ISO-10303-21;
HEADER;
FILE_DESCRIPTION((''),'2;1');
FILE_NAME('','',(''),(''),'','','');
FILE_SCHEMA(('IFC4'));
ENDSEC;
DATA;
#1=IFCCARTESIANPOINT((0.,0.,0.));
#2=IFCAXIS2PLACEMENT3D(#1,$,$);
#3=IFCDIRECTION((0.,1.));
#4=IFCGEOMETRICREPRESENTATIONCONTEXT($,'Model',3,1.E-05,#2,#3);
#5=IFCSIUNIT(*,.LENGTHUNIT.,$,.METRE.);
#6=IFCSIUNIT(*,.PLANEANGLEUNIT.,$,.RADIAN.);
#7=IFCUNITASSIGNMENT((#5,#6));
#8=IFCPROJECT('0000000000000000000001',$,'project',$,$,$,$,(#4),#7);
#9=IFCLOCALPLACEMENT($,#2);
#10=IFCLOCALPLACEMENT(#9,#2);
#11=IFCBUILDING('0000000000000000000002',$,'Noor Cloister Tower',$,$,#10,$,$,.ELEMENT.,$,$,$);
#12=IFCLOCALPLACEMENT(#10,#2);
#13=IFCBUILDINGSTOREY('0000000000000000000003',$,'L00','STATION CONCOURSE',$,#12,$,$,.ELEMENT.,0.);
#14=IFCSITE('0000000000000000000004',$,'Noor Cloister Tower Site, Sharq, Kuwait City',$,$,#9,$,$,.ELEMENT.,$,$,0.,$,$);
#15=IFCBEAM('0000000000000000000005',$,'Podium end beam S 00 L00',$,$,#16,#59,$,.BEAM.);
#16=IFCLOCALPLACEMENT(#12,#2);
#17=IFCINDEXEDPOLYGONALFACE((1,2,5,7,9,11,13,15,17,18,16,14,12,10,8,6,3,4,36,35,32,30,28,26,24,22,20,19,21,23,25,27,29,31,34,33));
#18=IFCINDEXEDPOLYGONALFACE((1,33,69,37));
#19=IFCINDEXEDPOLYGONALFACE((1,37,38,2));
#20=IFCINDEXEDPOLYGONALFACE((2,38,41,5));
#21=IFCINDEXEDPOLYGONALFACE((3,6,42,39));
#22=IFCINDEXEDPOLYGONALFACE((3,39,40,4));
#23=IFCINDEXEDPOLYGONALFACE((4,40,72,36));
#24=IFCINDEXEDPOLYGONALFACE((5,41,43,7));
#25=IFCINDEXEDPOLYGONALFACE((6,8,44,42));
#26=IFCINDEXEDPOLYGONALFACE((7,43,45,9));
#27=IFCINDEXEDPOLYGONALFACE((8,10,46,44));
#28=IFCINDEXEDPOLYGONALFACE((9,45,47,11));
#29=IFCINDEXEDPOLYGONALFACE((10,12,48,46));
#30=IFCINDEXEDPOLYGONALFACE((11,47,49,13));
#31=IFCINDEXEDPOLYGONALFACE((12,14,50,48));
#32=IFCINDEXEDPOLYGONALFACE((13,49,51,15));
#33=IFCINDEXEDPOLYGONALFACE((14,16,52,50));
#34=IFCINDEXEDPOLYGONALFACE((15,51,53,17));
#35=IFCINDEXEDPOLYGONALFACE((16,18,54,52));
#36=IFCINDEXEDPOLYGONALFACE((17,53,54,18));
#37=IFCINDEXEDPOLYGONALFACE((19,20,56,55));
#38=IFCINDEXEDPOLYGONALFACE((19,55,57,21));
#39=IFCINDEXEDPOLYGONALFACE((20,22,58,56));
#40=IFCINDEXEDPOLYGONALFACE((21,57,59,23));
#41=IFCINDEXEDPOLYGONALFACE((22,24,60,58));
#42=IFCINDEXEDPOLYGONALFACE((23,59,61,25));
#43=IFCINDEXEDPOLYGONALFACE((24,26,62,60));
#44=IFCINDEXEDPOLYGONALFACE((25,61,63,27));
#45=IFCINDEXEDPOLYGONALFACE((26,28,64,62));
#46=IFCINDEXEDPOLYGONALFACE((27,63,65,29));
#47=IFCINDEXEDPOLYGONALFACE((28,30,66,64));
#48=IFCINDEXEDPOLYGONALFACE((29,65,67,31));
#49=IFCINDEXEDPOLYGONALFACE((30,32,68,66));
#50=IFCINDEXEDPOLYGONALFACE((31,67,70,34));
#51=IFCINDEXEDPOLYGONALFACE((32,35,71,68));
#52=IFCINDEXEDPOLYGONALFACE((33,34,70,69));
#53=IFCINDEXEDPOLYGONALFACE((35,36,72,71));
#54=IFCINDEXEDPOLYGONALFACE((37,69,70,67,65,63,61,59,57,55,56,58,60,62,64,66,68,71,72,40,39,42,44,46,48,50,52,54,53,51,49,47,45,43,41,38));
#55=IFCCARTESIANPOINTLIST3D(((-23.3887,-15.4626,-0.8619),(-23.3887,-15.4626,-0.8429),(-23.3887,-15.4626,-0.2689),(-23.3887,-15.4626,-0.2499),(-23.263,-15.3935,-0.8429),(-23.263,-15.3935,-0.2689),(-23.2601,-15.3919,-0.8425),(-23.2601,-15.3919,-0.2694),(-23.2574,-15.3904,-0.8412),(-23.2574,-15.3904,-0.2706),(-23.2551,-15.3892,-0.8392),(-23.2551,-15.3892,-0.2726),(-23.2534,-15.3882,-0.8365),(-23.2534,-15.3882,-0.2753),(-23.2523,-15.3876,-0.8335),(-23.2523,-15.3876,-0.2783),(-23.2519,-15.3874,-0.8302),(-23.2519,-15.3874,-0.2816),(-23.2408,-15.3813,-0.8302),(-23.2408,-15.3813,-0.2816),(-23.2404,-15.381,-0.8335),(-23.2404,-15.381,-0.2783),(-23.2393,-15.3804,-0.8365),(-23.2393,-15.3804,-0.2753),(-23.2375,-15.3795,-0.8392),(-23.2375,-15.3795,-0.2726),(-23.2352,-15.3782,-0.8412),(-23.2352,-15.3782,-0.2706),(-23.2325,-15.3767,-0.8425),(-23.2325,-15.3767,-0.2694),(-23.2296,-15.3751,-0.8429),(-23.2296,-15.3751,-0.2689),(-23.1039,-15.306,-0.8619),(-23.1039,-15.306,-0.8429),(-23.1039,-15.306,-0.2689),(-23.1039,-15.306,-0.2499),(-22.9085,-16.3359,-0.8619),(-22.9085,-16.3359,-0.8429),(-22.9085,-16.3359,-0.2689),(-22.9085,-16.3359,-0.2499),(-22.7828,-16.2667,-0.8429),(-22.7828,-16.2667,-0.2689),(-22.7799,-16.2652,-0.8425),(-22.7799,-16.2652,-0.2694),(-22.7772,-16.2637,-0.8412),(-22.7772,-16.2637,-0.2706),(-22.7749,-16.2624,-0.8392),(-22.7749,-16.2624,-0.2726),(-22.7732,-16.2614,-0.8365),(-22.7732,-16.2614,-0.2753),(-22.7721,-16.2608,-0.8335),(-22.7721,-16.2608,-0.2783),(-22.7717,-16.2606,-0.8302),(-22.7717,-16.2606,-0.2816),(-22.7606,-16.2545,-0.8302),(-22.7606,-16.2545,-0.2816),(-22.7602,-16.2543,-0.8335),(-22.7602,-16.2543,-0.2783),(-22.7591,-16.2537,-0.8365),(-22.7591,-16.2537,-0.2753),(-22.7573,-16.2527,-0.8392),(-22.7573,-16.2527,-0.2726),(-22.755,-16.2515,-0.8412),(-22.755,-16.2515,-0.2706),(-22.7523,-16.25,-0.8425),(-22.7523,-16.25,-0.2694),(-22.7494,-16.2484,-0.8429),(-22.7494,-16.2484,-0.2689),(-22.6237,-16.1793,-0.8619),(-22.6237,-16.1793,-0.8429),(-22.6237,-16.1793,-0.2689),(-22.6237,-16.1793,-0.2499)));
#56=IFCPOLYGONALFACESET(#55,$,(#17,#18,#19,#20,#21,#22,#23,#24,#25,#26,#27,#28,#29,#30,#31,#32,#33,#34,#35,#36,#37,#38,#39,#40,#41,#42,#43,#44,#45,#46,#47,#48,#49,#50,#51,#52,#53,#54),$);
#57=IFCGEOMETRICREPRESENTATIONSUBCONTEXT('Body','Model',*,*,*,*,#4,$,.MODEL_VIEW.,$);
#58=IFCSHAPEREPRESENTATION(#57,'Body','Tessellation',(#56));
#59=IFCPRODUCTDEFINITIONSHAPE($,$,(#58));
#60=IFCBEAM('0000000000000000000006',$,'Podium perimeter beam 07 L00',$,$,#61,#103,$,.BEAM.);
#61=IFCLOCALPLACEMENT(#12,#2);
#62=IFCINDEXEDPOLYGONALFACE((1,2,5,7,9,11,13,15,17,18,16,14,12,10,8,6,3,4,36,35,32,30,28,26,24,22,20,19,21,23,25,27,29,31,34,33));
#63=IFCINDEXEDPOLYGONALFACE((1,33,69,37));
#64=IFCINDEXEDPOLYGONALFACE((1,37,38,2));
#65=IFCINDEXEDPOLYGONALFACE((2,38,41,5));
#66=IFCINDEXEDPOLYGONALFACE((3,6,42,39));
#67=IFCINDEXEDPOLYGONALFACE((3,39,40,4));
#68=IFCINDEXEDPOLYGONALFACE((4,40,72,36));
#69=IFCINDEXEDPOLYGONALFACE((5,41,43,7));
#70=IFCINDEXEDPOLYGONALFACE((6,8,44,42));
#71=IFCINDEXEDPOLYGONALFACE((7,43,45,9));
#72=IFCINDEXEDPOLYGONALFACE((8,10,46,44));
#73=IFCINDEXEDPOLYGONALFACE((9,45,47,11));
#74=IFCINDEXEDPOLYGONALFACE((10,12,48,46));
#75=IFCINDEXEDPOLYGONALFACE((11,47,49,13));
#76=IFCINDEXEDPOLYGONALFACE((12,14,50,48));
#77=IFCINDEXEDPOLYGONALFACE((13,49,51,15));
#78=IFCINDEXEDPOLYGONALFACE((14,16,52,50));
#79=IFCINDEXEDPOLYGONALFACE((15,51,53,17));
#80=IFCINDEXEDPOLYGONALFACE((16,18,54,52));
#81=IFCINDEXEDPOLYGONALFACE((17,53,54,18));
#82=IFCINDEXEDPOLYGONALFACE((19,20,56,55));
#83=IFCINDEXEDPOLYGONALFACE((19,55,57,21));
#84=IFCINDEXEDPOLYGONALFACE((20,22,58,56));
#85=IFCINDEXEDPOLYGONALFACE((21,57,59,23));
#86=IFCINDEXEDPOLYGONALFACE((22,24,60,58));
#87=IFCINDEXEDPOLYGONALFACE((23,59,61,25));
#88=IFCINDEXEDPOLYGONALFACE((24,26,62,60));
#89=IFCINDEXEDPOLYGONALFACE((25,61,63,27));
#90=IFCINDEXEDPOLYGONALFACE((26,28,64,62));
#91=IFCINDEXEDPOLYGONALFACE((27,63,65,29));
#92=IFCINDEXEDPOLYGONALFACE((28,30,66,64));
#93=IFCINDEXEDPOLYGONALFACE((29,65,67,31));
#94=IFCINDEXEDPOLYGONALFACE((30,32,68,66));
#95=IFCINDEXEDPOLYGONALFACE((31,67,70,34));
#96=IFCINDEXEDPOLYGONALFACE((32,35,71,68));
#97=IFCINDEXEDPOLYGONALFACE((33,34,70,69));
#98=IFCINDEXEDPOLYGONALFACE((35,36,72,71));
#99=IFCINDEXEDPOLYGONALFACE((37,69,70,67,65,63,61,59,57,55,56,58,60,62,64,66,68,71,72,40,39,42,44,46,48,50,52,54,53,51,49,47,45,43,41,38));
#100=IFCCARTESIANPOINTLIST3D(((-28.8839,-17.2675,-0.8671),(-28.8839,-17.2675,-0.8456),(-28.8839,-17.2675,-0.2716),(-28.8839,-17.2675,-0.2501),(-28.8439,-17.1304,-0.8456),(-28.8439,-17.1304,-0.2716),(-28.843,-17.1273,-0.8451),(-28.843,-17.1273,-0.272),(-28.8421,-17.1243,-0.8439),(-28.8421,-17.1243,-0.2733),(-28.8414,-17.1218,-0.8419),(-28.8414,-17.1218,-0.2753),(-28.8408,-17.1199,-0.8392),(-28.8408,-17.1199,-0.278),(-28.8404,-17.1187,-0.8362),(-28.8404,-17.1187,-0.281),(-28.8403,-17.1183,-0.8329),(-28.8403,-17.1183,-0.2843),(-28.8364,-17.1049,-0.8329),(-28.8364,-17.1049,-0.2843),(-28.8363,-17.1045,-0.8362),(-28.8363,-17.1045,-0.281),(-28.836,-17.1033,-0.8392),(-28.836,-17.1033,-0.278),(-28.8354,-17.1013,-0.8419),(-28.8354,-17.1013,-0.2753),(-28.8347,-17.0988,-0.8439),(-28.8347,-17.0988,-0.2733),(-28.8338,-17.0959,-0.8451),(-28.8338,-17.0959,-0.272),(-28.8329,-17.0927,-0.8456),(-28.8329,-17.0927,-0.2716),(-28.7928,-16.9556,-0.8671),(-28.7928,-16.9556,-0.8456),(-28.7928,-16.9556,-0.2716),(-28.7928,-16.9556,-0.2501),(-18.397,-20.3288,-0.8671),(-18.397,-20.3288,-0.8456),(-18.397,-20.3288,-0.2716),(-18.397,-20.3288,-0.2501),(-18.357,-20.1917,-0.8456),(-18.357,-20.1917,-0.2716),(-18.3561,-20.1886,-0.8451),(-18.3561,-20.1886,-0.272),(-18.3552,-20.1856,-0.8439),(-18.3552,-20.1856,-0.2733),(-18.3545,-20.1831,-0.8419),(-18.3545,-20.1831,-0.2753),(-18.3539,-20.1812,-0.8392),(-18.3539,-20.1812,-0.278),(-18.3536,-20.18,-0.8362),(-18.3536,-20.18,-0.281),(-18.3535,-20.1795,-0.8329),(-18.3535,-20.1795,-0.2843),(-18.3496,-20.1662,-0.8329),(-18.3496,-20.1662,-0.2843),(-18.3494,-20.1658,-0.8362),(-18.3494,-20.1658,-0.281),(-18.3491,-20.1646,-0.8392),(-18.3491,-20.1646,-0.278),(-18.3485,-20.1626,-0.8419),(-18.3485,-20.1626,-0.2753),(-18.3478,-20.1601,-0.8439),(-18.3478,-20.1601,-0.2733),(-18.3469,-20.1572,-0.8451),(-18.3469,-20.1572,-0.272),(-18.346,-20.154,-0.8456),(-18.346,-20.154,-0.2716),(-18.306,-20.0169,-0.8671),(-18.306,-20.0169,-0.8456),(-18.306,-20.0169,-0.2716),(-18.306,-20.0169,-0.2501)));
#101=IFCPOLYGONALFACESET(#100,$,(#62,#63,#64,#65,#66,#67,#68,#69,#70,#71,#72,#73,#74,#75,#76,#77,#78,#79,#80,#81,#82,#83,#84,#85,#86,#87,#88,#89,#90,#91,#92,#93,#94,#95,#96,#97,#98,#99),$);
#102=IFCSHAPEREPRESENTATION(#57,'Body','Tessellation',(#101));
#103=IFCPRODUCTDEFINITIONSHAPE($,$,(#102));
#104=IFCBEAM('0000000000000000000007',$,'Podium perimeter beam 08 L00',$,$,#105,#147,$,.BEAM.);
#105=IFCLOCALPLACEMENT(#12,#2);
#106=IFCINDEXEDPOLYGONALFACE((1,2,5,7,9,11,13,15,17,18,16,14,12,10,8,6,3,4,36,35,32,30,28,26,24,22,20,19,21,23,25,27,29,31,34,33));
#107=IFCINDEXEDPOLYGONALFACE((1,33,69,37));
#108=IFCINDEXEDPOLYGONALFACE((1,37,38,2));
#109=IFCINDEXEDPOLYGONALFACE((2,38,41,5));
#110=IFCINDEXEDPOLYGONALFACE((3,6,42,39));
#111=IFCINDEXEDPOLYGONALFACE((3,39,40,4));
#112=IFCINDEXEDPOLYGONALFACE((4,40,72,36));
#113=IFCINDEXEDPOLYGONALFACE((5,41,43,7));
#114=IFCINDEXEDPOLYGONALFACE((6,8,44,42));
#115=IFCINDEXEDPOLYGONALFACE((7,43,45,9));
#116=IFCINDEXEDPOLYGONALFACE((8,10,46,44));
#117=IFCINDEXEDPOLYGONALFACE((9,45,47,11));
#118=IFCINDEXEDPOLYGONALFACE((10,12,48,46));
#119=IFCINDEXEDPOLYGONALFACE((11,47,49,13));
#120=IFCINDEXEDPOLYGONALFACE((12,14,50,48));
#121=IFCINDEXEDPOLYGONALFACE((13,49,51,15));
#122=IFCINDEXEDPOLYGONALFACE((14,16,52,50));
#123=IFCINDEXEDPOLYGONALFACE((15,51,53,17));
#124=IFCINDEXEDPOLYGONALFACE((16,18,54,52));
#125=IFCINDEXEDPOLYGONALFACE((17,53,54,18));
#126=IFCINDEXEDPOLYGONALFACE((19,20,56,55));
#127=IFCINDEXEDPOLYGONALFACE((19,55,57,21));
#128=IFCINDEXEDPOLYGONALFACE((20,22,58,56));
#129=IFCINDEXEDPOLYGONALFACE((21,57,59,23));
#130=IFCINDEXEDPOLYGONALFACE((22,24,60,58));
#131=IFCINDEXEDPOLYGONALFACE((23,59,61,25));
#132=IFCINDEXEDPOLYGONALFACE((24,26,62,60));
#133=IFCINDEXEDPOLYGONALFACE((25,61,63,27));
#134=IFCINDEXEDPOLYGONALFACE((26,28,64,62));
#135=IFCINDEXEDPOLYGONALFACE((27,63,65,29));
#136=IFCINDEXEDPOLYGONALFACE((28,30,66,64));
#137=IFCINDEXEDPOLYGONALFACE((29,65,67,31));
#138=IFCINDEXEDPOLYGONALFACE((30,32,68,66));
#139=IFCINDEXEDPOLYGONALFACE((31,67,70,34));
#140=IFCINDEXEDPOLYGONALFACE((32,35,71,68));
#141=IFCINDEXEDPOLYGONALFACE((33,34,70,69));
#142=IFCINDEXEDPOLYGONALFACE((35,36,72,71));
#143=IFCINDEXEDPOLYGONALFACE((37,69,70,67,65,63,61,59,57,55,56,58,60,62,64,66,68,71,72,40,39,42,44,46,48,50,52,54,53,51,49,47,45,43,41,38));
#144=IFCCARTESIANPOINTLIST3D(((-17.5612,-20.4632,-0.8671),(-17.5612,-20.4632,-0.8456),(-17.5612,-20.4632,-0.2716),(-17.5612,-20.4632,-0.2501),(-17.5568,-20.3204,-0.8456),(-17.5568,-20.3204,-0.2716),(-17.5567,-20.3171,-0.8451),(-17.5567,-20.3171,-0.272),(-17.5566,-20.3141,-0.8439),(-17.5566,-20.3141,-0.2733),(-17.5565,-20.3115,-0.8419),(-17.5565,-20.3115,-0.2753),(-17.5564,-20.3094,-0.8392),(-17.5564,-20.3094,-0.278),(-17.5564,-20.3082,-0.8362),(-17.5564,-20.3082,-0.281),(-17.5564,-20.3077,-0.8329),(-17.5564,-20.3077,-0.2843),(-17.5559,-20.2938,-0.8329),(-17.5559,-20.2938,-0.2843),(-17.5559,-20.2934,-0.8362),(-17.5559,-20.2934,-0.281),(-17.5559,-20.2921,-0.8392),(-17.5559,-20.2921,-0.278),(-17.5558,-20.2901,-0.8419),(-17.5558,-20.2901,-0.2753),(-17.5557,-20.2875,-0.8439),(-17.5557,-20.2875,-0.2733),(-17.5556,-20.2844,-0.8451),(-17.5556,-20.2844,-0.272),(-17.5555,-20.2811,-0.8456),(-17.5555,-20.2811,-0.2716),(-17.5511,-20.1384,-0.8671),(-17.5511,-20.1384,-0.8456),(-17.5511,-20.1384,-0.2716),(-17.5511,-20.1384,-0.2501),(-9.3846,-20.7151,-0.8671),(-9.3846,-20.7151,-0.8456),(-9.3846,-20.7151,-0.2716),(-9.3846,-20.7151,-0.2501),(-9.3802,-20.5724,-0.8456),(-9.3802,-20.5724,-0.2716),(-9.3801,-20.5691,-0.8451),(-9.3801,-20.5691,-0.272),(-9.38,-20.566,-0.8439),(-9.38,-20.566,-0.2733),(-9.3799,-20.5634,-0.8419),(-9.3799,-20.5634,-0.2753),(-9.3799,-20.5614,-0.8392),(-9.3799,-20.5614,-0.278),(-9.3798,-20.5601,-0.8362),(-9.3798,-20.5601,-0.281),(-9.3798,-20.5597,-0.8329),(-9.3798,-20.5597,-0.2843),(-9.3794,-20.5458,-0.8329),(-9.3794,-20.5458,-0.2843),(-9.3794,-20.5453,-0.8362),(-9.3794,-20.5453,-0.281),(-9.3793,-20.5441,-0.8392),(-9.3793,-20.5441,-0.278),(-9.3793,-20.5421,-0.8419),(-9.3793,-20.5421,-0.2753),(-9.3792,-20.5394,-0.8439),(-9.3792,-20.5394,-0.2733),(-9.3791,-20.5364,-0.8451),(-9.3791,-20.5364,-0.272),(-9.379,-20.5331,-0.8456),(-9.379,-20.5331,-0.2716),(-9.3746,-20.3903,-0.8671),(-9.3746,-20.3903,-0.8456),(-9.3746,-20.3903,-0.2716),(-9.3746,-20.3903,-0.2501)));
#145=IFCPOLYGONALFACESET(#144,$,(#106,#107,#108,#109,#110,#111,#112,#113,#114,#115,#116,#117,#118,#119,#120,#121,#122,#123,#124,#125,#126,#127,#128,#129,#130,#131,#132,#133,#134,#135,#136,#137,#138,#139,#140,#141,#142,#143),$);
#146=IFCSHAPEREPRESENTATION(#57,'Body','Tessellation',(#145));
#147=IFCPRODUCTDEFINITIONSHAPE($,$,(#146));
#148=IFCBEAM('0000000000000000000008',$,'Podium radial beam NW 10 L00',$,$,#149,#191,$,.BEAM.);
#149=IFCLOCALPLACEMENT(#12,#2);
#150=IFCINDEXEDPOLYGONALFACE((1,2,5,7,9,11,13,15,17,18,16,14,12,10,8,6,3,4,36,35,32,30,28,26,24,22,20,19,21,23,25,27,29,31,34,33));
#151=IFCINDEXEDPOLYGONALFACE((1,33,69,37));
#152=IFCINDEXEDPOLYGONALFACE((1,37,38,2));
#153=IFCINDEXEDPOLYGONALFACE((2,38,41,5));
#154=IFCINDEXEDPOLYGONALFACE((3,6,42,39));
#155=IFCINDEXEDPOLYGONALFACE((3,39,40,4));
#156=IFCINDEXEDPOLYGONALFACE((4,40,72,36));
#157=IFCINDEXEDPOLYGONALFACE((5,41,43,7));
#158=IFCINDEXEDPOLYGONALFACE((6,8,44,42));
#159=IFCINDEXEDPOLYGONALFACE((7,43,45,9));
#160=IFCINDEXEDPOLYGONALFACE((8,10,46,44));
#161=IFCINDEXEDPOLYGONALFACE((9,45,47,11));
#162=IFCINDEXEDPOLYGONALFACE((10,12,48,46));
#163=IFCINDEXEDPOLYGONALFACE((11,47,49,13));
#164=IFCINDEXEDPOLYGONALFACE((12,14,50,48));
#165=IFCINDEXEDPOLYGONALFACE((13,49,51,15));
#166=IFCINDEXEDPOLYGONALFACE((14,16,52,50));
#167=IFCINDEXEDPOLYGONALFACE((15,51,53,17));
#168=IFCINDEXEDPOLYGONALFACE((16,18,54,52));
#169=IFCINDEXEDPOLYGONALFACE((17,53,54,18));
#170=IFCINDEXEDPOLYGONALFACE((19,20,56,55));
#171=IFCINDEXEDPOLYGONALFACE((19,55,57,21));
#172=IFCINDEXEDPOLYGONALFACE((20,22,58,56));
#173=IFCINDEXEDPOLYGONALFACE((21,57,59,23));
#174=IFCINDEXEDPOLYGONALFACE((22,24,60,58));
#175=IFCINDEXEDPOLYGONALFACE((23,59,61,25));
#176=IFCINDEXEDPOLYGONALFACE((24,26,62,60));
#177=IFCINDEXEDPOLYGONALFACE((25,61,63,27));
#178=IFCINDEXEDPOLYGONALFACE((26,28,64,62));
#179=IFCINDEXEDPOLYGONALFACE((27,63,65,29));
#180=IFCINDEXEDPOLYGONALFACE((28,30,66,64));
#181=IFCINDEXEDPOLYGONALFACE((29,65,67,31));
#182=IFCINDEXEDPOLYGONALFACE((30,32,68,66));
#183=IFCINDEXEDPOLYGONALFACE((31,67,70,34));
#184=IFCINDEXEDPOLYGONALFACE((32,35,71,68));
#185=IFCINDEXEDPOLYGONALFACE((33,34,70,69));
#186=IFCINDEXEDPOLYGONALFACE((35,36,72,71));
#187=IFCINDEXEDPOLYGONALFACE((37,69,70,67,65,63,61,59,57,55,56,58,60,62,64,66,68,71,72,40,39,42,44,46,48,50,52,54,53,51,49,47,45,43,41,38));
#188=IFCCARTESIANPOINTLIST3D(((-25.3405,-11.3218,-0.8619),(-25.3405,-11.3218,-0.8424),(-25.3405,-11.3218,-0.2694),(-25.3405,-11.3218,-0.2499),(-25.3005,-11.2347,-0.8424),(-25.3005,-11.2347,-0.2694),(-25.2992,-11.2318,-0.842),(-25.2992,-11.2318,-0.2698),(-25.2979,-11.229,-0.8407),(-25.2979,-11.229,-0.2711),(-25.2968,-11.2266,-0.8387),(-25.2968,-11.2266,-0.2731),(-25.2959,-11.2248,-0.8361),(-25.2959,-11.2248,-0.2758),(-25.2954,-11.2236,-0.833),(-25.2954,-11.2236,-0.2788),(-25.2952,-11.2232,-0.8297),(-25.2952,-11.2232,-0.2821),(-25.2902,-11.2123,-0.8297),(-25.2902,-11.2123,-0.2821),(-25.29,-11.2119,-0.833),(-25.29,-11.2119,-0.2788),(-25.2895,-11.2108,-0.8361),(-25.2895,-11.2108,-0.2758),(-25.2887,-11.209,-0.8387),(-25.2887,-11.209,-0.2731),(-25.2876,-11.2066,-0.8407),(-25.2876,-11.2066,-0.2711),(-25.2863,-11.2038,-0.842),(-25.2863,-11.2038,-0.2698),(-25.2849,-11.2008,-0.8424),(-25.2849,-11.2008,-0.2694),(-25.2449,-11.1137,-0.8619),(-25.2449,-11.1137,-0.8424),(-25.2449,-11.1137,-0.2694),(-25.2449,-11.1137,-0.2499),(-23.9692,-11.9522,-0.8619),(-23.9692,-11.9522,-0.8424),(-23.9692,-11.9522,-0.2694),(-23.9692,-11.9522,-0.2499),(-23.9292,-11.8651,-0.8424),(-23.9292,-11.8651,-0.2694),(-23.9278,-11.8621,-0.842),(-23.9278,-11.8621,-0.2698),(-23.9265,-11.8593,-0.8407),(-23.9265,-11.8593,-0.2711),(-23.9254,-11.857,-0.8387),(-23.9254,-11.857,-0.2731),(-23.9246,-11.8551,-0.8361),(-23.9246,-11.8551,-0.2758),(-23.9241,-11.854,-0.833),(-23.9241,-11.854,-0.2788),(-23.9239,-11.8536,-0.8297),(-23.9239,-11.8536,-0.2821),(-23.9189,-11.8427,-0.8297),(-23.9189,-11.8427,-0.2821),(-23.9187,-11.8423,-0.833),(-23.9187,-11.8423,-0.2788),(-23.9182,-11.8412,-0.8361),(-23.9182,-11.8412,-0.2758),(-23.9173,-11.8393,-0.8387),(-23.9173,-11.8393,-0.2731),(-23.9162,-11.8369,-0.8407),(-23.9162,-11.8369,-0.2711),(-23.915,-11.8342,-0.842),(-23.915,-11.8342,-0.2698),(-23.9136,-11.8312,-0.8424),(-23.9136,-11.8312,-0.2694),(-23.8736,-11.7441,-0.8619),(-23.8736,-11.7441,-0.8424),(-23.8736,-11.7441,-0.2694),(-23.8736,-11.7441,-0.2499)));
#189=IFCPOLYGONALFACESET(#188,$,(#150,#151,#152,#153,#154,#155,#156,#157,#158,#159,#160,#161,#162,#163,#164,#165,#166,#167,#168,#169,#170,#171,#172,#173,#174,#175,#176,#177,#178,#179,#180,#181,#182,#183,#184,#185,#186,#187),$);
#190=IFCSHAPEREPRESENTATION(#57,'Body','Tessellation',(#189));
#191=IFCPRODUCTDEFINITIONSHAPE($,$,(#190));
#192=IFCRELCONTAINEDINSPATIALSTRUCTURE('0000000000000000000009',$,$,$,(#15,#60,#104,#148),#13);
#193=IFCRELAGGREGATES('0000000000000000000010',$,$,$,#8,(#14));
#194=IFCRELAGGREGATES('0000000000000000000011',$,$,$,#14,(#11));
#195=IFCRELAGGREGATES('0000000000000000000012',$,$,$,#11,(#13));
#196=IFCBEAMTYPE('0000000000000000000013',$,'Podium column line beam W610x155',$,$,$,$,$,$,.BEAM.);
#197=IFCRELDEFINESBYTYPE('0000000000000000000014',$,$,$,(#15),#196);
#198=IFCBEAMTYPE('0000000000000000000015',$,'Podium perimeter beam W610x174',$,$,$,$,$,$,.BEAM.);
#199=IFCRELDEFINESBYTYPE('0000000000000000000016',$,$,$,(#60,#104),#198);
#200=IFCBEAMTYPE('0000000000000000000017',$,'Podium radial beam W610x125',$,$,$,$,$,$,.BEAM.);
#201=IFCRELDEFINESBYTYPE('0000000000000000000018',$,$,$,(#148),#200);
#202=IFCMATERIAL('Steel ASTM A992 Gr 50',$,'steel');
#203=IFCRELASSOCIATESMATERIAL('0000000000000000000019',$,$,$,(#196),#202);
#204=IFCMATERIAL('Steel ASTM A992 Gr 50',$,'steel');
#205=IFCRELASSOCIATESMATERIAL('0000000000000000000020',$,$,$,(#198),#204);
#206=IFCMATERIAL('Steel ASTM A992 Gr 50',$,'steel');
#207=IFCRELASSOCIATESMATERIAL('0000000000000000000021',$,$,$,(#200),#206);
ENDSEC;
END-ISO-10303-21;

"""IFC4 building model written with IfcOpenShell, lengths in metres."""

from ifc_helpers import new_model, si_unit, direction, frame, origin, origin_2d, place, context, subcontext, project, spatial, i_section, extrude, material, material_profile, profile_set, type_object, element, save


model = new_model("IFC4")

# Units and contexts
model_context = context("Model", 3, precision=1e-05, world=origin(), true_north=direction((0.0, 1.0)))
body_context = subcontext(model_context, "Body", "Model", "MODEL_VIEW")
ifc_project = project(units=[si_unit("LENGTHUNIT", "METRE"), si_unit("PLANEANGLEUNIT", "RADIAN")], contexts=[model_context])

# Site, building, storey
site_placement = place(None, origin())
site = spatial("IfcSite", under=ifc_project, at=site_placement, Name="Noor Cloister Tower Site, Sharq, Kuwait City", CompositionType="ELEMENT", RefElevation=0.0)
building_placement = place(site_placement, origin())
building = spatial("IfcBuilding", under=site, at=building_placement, Name="Noor Cloister Tower", CompositionType="ELEMENT")
storey_placement = place(building_placement, origin())
storey = spatial("IfcBuildingStorey", under=building, at=storey_placement, Name="L00", Description="STATION CONCOURSE", CompositionType="ELEMENT", Elevation=0.0)

# Beams
ifc_material_1 = material(Name="Steel ASTM A992 Gr 50", Category="steel")
ifc_material_profile_1 = material_profile(ifc_material_1, i_section(OverallWidth=0.325, OverallDepth=0.6121, WebThickness=0.0127, FlangeThickness=0.019, FilletRadius=0.0127, at=origin_2d()), Name="W610x155")
ifc_profile_set_1 = profile_set([ifc_material_profile_1], Name="Steel ASTM A992 Gr 50")
beam_type_1 = type_object("IfcBeamType", Name="Podium column line beam W610x155", PredefinedType="BEAM", material=ifc_profile_set_1)
for number, where, z_axis, x_axis, name in (
    (1, (-22.7661, -16.2576, -0.5559), (-0.481853, 0.876252, 0.0), (-0.876252, -0.481853, 0.0), "Podium end beam S 00 L00"),
):
    element("IfcBeam", number, at=place(storey_placement, frame(where, z_axis=z_axis, x_axis=x_axis)), inside=storey, type_object=beam_type_1, Name=name, PredefinedType="BEAM", context=body_context, shape_type="SweptSolid", body=[
        extrude(i_section(OverallWidth=0.325, OverallDepth=0.6121, WebThickness=0.0127, FlangeThickness=0.019, FilletRadius=0.0127, at=origin_2d()), origin(), (0.0, 0.0, 1.0), 0.9966),
    ])
ifc_material_2 = material(Name="Steel ASTM A992 Gr 50", Category="steel")
ifc_material_profile_2 = material_profile(ifc_material_2, i_section(OverallWidth=0.325, OverallDepth=0.6169, WebThickness=0.0139, FlangeThickness=0.0215, FilletRadius=0.0127, at=origin_2d()), Name="W610x174")
ifc_profile_set_2 = profile_set([ifc_material_profile_2], Name="Steel ASTM A992 Gr 50")
beam_type_2 = type_object("IfcBeamType", Name="Podium perimeter beam W610x174", PredefinedType="BEAM", material=ifc_profile_set_2)
beam_1_placement = place(storey_placement, frame((-28.8384, -17.1116, -0.5586), z_axis=(0.959935, -0.280221, 0.0), x_axis=(0.280221, 0.959935, 0.0)))
element("IfcBeam", 2, at=beam_1_placement, inside=storey, type_object=beam_type_2, Name="Podium perimeter beam 07 L00", PredefinedType="BEAM", context=body_context, shape_type="SweptSolid", body=[
    extrude(i_section(OverallWidth=0.325, OverallDepth=0.6169, WebThickness=0.0139, FlangeThickness=0.0215, FilletRadius=0.0127, at=origin_2d()), origin(), (0.0, 0.0, 1.0), 10.9246),
])
beam_2_placement = place(storey_placement, frame((-17.5562, -20.3008, -0.5586), z_axis=(0.999526, -0.0308, 0.0), x_axis=(0.0308, 0.999526, 0.0)))
element("IfcBeam", 3, at=beam_2_placement, inside=storey, type_object=beam_type_2, Name="Podium perimeter beam 08 L00", PredefinedType="BEAM", context=body_context, shape_type="SweptSolid", body=[
    extrude(i_section(OverallWidth=0.325, OverallDepth=0.6169, WebThickness=0.0139, FlangeThickness=0.0215, FilletRadius=0.0127, at=origin_2d()), origin(), (0.0, 0.0, 1.0), 8.1804),
])
ifc_material_3 = material(Name="Steel ASTM A992 Gr 50", Category="steel")
ifc_material_profile_3 = material_profile(ifc_material_3, i_section(OverallWidth=0.229, OverallDepth=0.6121, WebThickness=0.012, FlangeThickness=0.0195, FilletRadius=0.0127, at=origin_2d()), Name="W610x125")
ifc_profile_set_3 = profile_set([ifc_material_profile_3], Name="Steel ASTM A992 Gr 50")
beam_type_3 = type_object("IfcBeamType", Name="Podium radial beam W610x125", PredefinedType="BEAM", material=ifc_profile_set_3)
for number, where, z_axis, x_axis, name in (
    (4, (-25.2927, -11.2178, -0.5559), (0.908602, -0.417663, 0.0), (0.417663, 0.908602, 0.0), "Podium radial beam NW 10 L00"),
):
    element("IfcBeam", number, at=place(storey_placement, frame(where, z_axis=z_axis, x_axis=x_axis)), inside=storey, type_object=beam_type_3, Name=name, PredefinedType="BEAM", context=body_context, shape_type="SweptSolid", body=[
        extrude(i_section(OverallWidth=0.229, OverallDepth=0.6121, WebThickness=0.012, FlangeThickness=0.0195, FilletRadius=0.0127, at=origin_2d()), origin(), (0.0, 0.0, 1.0), 1.5093),
    ])

save(model, "model.ifc")
